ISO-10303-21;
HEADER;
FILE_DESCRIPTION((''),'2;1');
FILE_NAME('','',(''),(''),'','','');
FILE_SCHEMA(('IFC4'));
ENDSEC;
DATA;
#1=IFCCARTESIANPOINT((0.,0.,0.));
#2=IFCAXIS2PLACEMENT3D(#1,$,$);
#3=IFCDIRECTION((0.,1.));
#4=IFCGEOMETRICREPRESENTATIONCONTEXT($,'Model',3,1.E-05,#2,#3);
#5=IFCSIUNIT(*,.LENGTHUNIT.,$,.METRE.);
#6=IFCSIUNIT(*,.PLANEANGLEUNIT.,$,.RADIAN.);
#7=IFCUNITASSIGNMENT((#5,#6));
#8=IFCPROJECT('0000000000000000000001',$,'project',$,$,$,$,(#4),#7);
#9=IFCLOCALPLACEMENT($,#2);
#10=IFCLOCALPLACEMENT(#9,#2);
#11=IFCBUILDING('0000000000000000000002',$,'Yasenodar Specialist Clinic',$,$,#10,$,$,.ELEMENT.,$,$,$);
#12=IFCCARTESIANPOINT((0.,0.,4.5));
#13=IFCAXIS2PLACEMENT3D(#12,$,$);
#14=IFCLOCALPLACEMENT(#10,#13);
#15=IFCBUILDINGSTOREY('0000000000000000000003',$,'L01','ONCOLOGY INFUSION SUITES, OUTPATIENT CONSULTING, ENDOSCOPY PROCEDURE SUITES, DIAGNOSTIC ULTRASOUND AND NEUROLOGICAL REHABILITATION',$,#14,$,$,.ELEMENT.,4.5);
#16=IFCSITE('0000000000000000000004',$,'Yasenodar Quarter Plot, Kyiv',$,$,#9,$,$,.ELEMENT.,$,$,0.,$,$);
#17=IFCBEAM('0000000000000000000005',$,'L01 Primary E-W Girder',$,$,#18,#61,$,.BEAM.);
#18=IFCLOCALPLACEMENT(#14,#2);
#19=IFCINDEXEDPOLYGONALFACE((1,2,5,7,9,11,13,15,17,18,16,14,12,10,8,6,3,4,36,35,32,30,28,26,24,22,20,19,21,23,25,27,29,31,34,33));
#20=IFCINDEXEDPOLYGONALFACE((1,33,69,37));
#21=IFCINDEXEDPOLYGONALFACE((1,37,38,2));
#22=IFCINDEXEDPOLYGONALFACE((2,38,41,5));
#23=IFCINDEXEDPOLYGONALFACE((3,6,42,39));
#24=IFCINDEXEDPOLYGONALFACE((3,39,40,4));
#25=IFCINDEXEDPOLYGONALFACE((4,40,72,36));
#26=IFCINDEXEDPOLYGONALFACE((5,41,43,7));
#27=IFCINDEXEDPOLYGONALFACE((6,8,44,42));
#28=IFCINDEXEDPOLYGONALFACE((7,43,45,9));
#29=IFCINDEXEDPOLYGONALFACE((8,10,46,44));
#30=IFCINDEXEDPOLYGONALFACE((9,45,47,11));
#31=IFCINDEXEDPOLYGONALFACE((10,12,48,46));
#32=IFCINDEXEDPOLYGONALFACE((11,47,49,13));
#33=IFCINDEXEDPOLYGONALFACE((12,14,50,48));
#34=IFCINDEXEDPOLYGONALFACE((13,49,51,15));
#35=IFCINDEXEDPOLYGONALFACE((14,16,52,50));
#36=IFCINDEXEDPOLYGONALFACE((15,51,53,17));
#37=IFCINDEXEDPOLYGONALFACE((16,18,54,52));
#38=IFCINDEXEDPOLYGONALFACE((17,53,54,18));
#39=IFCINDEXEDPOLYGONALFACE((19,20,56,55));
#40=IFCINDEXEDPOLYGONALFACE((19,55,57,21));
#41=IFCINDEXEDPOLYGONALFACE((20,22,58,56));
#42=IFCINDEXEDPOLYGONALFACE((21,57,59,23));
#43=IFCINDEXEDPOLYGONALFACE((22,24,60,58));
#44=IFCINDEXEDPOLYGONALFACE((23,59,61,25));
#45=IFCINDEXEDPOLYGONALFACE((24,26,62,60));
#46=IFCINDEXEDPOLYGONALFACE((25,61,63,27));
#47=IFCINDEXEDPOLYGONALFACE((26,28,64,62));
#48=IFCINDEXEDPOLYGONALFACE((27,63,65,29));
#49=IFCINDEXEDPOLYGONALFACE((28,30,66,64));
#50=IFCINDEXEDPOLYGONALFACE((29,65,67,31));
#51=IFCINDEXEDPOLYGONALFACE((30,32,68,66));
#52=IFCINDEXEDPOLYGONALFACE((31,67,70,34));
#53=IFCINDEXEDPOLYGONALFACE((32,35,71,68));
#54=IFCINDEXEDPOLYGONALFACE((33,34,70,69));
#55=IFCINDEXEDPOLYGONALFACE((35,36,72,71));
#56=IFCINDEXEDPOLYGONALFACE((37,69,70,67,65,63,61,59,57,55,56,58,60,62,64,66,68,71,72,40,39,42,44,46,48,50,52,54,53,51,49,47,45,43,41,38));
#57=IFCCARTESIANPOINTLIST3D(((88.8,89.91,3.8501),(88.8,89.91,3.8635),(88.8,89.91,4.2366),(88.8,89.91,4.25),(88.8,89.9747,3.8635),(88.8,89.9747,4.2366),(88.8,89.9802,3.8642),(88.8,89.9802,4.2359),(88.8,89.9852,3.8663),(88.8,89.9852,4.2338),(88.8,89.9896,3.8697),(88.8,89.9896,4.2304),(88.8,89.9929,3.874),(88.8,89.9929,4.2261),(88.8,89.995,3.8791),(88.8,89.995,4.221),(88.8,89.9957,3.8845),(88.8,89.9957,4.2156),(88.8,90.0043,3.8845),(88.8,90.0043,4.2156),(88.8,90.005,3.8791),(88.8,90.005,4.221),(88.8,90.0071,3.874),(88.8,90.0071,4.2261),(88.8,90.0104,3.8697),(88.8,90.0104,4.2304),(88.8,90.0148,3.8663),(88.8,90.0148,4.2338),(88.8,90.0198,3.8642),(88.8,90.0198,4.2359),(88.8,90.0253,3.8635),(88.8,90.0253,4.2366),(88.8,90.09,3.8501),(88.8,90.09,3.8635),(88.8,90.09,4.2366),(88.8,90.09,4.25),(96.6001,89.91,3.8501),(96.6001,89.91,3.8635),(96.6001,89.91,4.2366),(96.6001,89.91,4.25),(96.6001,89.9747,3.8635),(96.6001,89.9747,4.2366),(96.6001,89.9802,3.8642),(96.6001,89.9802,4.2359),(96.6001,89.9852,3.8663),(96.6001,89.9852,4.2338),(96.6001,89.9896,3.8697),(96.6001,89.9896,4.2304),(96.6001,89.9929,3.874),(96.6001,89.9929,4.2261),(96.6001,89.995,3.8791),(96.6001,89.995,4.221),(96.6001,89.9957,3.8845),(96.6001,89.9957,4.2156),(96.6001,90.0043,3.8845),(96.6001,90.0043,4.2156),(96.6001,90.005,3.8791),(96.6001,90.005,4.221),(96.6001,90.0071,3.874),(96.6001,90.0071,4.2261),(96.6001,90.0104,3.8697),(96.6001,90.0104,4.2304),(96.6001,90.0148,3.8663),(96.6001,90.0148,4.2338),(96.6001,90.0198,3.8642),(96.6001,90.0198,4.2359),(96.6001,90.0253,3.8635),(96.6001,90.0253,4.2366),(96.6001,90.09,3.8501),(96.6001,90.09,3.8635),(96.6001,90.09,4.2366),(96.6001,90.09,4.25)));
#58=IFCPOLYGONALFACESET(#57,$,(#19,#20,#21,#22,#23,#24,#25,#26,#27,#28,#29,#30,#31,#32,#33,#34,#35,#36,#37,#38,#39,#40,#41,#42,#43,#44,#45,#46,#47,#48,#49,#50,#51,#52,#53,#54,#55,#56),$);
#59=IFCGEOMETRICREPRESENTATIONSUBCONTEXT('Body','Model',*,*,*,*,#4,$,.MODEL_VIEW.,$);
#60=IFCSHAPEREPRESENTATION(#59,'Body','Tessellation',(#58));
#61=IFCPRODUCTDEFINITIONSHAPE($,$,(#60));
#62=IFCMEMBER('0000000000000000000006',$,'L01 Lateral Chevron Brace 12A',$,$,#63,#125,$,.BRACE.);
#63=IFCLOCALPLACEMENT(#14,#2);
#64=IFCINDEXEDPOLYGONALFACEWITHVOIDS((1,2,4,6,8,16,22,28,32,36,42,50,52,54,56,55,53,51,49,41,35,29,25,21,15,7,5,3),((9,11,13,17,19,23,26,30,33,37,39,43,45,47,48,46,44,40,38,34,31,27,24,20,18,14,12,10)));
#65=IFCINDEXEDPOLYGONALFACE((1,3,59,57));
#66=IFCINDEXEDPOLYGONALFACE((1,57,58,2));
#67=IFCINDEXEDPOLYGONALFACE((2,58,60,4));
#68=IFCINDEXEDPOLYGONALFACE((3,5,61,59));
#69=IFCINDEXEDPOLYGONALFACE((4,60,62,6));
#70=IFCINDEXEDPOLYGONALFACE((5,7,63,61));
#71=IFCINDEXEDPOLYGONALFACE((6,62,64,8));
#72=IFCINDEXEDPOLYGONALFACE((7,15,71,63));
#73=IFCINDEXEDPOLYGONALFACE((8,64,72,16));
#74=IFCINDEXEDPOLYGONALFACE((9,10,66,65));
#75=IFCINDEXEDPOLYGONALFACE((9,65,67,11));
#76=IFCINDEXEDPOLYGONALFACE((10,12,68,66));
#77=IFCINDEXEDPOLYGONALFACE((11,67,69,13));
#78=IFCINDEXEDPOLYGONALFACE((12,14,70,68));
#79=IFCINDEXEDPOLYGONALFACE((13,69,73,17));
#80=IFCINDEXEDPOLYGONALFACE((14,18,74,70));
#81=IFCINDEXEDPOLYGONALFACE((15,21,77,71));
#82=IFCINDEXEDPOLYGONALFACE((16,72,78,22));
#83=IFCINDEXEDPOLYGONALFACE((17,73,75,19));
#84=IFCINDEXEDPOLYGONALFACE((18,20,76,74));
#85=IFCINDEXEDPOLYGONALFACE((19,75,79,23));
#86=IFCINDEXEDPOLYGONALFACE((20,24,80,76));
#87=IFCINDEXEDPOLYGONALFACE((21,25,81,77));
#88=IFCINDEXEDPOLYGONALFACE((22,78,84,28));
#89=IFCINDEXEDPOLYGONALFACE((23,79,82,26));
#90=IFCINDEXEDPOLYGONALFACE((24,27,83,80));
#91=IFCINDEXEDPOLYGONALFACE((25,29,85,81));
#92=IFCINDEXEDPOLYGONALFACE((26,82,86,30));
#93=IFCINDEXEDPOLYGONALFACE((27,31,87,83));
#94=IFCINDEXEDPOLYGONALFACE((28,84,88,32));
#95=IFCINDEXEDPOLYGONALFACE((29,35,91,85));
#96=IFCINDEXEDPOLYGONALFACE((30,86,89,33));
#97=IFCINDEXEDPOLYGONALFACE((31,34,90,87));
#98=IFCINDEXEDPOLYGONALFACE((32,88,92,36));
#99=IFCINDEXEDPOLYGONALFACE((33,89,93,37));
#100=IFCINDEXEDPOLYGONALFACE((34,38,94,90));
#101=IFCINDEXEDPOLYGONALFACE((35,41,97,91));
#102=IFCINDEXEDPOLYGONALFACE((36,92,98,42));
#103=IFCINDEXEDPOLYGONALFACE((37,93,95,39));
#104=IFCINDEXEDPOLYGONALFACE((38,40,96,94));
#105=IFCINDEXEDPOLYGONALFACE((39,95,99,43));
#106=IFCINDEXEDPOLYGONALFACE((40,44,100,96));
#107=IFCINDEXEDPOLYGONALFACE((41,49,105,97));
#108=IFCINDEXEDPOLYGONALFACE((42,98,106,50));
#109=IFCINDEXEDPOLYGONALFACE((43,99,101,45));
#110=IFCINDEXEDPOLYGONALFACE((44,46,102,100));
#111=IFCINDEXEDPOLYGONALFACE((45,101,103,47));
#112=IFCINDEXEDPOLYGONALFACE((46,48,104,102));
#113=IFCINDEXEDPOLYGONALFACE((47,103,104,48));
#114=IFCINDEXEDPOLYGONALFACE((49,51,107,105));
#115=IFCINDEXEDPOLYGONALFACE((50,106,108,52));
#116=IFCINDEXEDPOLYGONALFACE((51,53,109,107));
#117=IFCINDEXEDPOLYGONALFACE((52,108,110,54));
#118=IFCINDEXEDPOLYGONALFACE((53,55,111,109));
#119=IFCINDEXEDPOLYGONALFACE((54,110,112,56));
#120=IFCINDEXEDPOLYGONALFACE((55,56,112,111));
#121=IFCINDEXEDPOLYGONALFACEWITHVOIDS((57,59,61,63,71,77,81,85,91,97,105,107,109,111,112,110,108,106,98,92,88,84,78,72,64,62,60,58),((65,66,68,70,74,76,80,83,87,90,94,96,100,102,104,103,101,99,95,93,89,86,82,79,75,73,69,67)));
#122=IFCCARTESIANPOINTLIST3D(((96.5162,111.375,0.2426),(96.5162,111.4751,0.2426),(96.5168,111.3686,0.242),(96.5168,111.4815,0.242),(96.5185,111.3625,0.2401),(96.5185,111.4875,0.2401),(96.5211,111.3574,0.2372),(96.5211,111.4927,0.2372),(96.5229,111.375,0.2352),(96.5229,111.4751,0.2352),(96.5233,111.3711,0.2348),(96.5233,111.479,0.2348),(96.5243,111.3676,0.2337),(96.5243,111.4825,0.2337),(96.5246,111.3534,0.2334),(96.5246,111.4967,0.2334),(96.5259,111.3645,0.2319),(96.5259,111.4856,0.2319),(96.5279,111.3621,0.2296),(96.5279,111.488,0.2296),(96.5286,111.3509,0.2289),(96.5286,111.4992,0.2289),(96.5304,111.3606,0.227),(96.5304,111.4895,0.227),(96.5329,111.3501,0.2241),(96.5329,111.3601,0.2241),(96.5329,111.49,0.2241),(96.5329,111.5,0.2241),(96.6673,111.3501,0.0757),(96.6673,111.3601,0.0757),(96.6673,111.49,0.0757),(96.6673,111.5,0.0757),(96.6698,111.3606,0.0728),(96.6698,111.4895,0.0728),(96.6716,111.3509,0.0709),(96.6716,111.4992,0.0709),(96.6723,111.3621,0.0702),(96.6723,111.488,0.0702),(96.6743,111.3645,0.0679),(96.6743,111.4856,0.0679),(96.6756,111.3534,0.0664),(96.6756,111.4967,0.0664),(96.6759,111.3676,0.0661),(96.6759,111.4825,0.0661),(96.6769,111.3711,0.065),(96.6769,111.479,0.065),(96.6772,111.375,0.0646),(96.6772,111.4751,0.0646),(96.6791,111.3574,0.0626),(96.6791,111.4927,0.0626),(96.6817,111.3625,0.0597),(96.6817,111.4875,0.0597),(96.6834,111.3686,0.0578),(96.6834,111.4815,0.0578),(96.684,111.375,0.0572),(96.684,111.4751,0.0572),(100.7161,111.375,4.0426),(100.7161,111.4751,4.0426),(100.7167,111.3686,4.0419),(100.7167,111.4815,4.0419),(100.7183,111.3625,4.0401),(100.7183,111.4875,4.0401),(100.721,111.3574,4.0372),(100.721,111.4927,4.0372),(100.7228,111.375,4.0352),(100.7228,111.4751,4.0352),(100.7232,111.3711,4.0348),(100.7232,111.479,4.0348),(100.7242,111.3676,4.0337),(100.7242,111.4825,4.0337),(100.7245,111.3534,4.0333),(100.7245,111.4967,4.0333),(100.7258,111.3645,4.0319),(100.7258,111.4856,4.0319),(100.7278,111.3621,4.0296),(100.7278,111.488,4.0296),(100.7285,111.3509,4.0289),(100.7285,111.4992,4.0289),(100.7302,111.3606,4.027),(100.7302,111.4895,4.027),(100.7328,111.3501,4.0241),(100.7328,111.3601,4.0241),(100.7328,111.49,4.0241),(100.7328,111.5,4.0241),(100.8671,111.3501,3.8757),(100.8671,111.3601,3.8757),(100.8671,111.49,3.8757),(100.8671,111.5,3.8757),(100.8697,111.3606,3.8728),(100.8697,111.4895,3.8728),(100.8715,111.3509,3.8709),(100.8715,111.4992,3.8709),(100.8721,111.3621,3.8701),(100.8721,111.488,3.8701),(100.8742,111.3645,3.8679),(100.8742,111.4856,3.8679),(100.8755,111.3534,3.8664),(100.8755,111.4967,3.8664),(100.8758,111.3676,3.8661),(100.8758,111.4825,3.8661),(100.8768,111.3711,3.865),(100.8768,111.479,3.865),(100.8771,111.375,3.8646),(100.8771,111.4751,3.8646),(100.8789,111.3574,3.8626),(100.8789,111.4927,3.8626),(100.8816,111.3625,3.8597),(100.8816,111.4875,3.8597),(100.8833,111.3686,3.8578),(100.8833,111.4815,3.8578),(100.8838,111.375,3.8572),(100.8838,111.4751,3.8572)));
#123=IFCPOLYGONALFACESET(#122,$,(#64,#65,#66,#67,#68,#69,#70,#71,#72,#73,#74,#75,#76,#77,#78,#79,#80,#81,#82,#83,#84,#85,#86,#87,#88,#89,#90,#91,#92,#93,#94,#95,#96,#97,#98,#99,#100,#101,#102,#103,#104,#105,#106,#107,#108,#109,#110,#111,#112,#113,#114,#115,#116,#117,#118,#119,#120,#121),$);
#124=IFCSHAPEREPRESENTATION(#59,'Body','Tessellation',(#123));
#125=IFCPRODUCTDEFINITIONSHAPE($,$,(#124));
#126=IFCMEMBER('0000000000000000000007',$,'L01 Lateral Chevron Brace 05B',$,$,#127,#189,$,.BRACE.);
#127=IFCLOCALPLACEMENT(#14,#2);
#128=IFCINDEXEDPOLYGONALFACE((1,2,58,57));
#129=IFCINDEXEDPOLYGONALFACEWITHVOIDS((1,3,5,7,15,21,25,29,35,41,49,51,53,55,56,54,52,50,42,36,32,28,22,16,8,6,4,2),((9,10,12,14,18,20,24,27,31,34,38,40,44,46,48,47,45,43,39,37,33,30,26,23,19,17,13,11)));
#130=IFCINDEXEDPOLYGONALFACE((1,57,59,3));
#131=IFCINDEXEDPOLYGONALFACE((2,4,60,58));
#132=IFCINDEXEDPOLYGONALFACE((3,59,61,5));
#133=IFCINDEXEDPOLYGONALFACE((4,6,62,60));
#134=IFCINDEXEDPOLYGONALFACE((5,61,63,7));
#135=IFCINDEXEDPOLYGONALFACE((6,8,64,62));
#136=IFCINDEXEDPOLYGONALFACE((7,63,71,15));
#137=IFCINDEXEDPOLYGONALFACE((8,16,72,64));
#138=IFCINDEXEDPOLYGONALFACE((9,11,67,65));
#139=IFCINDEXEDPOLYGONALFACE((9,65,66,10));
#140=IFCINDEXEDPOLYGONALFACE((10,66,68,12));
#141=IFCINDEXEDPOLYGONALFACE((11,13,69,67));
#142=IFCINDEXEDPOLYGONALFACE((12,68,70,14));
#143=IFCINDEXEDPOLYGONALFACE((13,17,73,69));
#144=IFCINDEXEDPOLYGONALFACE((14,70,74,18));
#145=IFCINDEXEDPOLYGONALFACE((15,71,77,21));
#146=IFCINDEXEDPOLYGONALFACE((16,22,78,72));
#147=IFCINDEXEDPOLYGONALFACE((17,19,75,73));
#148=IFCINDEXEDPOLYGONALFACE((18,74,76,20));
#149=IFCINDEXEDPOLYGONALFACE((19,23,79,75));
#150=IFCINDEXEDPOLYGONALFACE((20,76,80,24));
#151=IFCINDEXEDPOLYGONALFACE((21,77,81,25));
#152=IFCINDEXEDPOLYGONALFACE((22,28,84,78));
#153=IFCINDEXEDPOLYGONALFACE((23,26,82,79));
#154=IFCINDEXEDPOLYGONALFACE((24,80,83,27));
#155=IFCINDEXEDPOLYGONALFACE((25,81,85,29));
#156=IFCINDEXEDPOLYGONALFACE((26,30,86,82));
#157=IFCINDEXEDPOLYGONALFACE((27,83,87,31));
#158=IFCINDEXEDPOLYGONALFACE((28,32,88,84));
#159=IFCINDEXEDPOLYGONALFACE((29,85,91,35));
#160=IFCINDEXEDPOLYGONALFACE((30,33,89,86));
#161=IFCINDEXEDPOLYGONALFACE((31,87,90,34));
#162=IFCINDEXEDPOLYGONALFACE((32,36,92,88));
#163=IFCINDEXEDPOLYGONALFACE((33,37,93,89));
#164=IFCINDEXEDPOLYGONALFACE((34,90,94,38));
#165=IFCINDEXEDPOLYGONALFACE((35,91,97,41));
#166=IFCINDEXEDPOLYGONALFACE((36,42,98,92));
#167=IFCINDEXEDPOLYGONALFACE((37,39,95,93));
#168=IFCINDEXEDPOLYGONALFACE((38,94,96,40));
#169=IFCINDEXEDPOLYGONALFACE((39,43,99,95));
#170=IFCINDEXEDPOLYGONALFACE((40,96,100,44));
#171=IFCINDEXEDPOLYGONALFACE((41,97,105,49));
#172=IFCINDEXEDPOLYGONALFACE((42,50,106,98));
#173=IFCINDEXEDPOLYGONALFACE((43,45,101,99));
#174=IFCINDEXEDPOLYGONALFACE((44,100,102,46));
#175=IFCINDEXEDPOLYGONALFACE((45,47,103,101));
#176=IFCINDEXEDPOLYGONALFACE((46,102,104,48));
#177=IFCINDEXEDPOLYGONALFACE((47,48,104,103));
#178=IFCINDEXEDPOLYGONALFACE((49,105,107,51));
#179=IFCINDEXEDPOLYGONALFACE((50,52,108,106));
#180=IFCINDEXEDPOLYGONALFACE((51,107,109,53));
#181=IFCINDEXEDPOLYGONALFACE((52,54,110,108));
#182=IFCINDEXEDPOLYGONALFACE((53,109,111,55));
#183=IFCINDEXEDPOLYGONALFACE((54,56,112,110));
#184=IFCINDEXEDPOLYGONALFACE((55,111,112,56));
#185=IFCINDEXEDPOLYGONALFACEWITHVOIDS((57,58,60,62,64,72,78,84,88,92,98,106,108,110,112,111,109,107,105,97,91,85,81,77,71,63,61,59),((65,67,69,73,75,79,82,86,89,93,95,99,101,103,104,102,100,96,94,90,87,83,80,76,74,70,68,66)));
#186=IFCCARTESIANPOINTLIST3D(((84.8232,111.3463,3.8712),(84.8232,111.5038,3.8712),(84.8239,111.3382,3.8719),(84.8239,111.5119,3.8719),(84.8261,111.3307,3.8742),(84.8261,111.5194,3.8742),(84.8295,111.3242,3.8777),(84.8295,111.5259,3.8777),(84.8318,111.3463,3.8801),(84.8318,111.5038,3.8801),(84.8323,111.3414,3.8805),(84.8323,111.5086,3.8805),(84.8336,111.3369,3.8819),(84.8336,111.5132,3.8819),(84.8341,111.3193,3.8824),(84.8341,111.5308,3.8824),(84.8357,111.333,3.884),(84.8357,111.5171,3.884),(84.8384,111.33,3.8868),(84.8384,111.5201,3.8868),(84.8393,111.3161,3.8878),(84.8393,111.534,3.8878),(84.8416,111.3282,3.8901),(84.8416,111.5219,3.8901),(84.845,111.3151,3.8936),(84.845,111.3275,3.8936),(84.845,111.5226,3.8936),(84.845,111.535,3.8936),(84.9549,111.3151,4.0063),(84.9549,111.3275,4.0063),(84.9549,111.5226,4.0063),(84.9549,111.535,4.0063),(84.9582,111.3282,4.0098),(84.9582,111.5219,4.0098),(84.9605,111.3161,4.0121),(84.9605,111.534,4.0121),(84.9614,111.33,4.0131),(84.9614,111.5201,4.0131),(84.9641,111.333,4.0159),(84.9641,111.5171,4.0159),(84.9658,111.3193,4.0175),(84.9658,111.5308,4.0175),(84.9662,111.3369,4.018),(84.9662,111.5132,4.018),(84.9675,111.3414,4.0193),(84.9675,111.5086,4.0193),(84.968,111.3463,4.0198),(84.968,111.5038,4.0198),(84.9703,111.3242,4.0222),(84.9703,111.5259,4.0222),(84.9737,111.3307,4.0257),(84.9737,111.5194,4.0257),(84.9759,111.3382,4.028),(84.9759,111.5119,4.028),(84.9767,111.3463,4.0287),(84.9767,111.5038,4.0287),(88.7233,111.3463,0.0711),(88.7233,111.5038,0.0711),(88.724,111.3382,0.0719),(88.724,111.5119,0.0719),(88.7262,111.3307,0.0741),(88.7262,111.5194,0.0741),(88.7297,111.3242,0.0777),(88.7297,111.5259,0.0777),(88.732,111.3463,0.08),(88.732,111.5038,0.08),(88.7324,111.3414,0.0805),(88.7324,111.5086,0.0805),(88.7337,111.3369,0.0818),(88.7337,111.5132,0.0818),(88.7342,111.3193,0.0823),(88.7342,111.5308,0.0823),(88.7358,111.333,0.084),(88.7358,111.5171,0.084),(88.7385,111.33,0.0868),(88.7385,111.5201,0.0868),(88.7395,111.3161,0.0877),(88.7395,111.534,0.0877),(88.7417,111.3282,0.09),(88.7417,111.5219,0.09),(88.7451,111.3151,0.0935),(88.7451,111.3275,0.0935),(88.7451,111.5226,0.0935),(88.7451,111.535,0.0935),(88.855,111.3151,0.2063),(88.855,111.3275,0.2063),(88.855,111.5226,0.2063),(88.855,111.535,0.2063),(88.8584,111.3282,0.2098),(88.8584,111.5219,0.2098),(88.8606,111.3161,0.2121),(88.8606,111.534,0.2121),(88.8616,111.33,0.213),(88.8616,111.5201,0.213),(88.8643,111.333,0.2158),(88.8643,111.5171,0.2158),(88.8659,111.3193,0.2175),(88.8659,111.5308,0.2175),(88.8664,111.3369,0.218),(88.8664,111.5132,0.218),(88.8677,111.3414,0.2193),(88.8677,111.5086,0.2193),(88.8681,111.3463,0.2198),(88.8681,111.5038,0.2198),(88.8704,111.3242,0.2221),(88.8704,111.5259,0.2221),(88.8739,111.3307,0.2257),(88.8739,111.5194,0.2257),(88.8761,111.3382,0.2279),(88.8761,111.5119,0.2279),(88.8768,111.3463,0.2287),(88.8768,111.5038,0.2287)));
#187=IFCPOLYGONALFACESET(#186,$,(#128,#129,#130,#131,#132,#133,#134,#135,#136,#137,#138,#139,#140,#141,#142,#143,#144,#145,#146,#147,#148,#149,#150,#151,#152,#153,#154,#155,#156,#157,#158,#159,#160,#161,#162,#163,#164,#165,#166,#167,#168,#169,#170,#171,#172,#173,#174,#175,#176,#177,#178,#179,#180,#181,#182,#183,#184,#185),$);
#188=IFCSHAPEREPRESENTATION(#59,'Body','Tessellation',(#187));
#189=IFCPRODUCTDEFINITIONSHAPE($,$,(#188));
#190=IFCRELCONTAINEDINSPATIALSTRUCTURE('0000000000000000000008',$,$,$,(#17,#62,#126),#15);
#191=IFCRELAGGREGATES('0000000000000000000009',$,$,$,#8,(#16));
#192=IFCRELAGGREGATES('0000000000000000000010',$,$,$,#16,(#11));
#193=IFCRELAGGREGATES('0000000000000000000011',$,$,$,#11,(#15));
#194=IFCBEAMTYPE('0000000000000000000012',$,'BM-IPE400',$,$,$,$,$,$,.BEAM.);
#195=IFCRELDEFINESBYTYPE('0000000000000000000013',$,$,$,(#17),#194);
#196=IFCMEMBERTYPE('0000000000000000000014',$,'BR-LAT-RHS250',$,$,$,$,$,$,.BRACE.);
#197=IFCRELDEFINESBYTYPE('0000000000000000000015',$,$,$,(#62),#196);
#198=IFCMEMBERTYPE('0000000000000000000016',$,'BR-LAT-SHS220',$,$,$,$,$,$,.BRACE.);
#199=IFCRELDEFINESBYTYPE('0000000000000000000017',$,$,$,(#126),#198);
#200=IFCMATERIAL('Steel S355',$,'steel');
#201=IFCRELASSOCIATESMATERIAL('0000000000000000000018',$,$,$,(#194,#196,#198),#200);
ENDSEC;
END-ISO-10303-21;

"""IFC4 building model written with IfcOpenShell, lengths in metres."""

from ifc_helpers import new_model, si_unit, direction, frame, origin, origin_2d, place, context, subcontext, project, spatial, hollow_rectangle, i_section, extrude, material, material_profile, profile_set, type_object, element, save


model = new_model("IFC4")

# Units and contexts
model_context = context("Model", 3, precision=1e-05, world=origin(), true_north=direction((0.0, 1.0)))
body_context = subcontext(model_context, "Body", "Model", "MODEL_VIEW")
ifc_project = project(units=[si_unit("LENGTHUNIT", "METRE"), si_unit("PLANEANGLEUNIT", "RADIAN")], contexts=[model_context])

# Site, building, storey
site_placement = place(None, origin())
site = spatial("IfcSite", under=ifc_project, at=site_placement, Name="Yasenodar Quarter Plot, Kyiv", CompositionType="ELEMENT", RefElevation=0.0)
building_placement = place(site_placement, origin())
building = spatial("IfcBuilding", under=site, at=building_placement, Name="Yasenodar Specialist Clinic", CompositionType="ELEMENT")
storey_placement = place(building_placement, frame((0.0, 0.0, 4.5)))
storey = spatial("IfcBuildingStorey", under=building, at=storey_placement, Name="L01", Description="ONCOLOGY INFUSION SUITES, OUTPATIENT CONSULTING, ENDOSCOPY PROCEDURE SUITES, DIAGNOSTIC ULTRASOUND AND NEUROLOGICAL REHABILITATION", CompositionType="ELEMENT", Elevation=4.5)

# Shared definitions
ifc_material_1 = material(Name="Steel S355", Category="steel")

# Beam
ifc_material_profile_1 = material_profile(ifc_material_1, i_section(OverallWidth=0.1799, OverallDepth=0.3999, WebThickness=0.0085, FlangeThickness=0.0134, FilletRadius=0.021, at=origin_2d()), Name="IPE 400")
ifc_profile_set_1 = profile_set([ifc_material_profile_1], Name="Steel S355")
beam_type_1 = type_object("IfcBeamType", Name="BM-IPE400", PredefinedType="BEAM", material=ifc_profile_set_1)
beam_1_placement = place(storey_placement, frame((88.8, 90.0, 4.05), z_axis=(1.0, 0.0, 0.0), x_axis=(0.0, 1.0, 0.0)))
element("IfcBeam", 1, at=beam_1_placement, inside=storey, type_object=beam_type_1, Name="L01 Primary E-W Girder", PredefinedType="BEAM", context=body_context, shape_type="SweptSolid", body=[
    extrude(i_section(OverallWidth=0.1799, OverallDepth=0.3999, WebThickness=0.0085, FlangeThickness=0.0134, FilletRadius=0.021, at=origin_2d()), origin(), (0.0, 0.0, 1.0), 7.8),
])

# Members
ifc_material_profile_2 = material_profile(ifc_material_1, hollow_rectangle(XDim=0.1499, YDim=0.25, WallThickness=0.01, InnerFilletRadius=0.0149, OuterFilletRadius=0.0249, at=origin_2d()), Name="RHS 250x150x10")
ifc_profile_set_2 = profile_set([ifc_material_profile_2], Name="Steel S355")
member_type_1 = type_object("IfcMemberType", Name="BR-LAT-RHS250", PredefinedType="BRACE", material=ifc_profile_set_2)
member_1_placement = place(storey_placement, frame((96.6001, 111.425, 0.1499), z_axis=(0.741528, 0.0, 0.670922), x_axis=(0.0, 1.0, 0.0)))
element("IfcMember", 2, at=member_1_placement, inside=storey, type_object=member_type_1, Name="L01 Lateral Chevron Brace 12A", PredefinedType="BRACE", context=body_context, shape_type="SweptSolid", body=[
    extrude(hollow_rectangle(XDim=0.1499, YDim=0.25, WallThickness=0.01, InnerFilletRadius=0.0149, OuterFilletRadius=0.0249, at=origin_2d()), origin(), (0.0, 0.0, 1.0), 5.6638),
])
ifc_material_profile_3 = material_profile(ifc_material_1, hollow_rectangle(XDim=0.22, YDim=0.22, WallThickness=0.0125, InnerFilletRadius=0.0188, OuterFilletRadius=0.0312, at=origin_2d()), Name="SHS 220x220x12.5")
ifc_profile_set_3 = profile_set([ifc_material_profile_3], Name="Steel S355")
member_type_2 = type_object("IfcMemberType", Name="BR-LAT-SHS220", PredefinedType="BRACE", material=ifc_profile_set_3)
member_2_placement = place(storey_placement, frame((88.8, 111.425, 0.1499), z_axis=(-0.716238, 0.0, 0.697856), x_axis=(0.0, -1.0, 0.0)))
element("IfcMember", 3, at=member_2_placement, inside=storey, type_object=member_type_2, Name="L01 Lateral Chevron Brace 05B", PredefinedType="BRACE", context=body_context, shape_type="SweptSolid", body=[
    extrude(hollow_rectangle(XDim=0.22, YDim=0.22, WallThickness=0.0125, InnerFilletRadius=0.0188, OuterFilletRadius=0.0312, at=origin_2d()), origin(), (0.0, 0.0, 1.0), 5.4453),
])

save(model, "model.ifc")
